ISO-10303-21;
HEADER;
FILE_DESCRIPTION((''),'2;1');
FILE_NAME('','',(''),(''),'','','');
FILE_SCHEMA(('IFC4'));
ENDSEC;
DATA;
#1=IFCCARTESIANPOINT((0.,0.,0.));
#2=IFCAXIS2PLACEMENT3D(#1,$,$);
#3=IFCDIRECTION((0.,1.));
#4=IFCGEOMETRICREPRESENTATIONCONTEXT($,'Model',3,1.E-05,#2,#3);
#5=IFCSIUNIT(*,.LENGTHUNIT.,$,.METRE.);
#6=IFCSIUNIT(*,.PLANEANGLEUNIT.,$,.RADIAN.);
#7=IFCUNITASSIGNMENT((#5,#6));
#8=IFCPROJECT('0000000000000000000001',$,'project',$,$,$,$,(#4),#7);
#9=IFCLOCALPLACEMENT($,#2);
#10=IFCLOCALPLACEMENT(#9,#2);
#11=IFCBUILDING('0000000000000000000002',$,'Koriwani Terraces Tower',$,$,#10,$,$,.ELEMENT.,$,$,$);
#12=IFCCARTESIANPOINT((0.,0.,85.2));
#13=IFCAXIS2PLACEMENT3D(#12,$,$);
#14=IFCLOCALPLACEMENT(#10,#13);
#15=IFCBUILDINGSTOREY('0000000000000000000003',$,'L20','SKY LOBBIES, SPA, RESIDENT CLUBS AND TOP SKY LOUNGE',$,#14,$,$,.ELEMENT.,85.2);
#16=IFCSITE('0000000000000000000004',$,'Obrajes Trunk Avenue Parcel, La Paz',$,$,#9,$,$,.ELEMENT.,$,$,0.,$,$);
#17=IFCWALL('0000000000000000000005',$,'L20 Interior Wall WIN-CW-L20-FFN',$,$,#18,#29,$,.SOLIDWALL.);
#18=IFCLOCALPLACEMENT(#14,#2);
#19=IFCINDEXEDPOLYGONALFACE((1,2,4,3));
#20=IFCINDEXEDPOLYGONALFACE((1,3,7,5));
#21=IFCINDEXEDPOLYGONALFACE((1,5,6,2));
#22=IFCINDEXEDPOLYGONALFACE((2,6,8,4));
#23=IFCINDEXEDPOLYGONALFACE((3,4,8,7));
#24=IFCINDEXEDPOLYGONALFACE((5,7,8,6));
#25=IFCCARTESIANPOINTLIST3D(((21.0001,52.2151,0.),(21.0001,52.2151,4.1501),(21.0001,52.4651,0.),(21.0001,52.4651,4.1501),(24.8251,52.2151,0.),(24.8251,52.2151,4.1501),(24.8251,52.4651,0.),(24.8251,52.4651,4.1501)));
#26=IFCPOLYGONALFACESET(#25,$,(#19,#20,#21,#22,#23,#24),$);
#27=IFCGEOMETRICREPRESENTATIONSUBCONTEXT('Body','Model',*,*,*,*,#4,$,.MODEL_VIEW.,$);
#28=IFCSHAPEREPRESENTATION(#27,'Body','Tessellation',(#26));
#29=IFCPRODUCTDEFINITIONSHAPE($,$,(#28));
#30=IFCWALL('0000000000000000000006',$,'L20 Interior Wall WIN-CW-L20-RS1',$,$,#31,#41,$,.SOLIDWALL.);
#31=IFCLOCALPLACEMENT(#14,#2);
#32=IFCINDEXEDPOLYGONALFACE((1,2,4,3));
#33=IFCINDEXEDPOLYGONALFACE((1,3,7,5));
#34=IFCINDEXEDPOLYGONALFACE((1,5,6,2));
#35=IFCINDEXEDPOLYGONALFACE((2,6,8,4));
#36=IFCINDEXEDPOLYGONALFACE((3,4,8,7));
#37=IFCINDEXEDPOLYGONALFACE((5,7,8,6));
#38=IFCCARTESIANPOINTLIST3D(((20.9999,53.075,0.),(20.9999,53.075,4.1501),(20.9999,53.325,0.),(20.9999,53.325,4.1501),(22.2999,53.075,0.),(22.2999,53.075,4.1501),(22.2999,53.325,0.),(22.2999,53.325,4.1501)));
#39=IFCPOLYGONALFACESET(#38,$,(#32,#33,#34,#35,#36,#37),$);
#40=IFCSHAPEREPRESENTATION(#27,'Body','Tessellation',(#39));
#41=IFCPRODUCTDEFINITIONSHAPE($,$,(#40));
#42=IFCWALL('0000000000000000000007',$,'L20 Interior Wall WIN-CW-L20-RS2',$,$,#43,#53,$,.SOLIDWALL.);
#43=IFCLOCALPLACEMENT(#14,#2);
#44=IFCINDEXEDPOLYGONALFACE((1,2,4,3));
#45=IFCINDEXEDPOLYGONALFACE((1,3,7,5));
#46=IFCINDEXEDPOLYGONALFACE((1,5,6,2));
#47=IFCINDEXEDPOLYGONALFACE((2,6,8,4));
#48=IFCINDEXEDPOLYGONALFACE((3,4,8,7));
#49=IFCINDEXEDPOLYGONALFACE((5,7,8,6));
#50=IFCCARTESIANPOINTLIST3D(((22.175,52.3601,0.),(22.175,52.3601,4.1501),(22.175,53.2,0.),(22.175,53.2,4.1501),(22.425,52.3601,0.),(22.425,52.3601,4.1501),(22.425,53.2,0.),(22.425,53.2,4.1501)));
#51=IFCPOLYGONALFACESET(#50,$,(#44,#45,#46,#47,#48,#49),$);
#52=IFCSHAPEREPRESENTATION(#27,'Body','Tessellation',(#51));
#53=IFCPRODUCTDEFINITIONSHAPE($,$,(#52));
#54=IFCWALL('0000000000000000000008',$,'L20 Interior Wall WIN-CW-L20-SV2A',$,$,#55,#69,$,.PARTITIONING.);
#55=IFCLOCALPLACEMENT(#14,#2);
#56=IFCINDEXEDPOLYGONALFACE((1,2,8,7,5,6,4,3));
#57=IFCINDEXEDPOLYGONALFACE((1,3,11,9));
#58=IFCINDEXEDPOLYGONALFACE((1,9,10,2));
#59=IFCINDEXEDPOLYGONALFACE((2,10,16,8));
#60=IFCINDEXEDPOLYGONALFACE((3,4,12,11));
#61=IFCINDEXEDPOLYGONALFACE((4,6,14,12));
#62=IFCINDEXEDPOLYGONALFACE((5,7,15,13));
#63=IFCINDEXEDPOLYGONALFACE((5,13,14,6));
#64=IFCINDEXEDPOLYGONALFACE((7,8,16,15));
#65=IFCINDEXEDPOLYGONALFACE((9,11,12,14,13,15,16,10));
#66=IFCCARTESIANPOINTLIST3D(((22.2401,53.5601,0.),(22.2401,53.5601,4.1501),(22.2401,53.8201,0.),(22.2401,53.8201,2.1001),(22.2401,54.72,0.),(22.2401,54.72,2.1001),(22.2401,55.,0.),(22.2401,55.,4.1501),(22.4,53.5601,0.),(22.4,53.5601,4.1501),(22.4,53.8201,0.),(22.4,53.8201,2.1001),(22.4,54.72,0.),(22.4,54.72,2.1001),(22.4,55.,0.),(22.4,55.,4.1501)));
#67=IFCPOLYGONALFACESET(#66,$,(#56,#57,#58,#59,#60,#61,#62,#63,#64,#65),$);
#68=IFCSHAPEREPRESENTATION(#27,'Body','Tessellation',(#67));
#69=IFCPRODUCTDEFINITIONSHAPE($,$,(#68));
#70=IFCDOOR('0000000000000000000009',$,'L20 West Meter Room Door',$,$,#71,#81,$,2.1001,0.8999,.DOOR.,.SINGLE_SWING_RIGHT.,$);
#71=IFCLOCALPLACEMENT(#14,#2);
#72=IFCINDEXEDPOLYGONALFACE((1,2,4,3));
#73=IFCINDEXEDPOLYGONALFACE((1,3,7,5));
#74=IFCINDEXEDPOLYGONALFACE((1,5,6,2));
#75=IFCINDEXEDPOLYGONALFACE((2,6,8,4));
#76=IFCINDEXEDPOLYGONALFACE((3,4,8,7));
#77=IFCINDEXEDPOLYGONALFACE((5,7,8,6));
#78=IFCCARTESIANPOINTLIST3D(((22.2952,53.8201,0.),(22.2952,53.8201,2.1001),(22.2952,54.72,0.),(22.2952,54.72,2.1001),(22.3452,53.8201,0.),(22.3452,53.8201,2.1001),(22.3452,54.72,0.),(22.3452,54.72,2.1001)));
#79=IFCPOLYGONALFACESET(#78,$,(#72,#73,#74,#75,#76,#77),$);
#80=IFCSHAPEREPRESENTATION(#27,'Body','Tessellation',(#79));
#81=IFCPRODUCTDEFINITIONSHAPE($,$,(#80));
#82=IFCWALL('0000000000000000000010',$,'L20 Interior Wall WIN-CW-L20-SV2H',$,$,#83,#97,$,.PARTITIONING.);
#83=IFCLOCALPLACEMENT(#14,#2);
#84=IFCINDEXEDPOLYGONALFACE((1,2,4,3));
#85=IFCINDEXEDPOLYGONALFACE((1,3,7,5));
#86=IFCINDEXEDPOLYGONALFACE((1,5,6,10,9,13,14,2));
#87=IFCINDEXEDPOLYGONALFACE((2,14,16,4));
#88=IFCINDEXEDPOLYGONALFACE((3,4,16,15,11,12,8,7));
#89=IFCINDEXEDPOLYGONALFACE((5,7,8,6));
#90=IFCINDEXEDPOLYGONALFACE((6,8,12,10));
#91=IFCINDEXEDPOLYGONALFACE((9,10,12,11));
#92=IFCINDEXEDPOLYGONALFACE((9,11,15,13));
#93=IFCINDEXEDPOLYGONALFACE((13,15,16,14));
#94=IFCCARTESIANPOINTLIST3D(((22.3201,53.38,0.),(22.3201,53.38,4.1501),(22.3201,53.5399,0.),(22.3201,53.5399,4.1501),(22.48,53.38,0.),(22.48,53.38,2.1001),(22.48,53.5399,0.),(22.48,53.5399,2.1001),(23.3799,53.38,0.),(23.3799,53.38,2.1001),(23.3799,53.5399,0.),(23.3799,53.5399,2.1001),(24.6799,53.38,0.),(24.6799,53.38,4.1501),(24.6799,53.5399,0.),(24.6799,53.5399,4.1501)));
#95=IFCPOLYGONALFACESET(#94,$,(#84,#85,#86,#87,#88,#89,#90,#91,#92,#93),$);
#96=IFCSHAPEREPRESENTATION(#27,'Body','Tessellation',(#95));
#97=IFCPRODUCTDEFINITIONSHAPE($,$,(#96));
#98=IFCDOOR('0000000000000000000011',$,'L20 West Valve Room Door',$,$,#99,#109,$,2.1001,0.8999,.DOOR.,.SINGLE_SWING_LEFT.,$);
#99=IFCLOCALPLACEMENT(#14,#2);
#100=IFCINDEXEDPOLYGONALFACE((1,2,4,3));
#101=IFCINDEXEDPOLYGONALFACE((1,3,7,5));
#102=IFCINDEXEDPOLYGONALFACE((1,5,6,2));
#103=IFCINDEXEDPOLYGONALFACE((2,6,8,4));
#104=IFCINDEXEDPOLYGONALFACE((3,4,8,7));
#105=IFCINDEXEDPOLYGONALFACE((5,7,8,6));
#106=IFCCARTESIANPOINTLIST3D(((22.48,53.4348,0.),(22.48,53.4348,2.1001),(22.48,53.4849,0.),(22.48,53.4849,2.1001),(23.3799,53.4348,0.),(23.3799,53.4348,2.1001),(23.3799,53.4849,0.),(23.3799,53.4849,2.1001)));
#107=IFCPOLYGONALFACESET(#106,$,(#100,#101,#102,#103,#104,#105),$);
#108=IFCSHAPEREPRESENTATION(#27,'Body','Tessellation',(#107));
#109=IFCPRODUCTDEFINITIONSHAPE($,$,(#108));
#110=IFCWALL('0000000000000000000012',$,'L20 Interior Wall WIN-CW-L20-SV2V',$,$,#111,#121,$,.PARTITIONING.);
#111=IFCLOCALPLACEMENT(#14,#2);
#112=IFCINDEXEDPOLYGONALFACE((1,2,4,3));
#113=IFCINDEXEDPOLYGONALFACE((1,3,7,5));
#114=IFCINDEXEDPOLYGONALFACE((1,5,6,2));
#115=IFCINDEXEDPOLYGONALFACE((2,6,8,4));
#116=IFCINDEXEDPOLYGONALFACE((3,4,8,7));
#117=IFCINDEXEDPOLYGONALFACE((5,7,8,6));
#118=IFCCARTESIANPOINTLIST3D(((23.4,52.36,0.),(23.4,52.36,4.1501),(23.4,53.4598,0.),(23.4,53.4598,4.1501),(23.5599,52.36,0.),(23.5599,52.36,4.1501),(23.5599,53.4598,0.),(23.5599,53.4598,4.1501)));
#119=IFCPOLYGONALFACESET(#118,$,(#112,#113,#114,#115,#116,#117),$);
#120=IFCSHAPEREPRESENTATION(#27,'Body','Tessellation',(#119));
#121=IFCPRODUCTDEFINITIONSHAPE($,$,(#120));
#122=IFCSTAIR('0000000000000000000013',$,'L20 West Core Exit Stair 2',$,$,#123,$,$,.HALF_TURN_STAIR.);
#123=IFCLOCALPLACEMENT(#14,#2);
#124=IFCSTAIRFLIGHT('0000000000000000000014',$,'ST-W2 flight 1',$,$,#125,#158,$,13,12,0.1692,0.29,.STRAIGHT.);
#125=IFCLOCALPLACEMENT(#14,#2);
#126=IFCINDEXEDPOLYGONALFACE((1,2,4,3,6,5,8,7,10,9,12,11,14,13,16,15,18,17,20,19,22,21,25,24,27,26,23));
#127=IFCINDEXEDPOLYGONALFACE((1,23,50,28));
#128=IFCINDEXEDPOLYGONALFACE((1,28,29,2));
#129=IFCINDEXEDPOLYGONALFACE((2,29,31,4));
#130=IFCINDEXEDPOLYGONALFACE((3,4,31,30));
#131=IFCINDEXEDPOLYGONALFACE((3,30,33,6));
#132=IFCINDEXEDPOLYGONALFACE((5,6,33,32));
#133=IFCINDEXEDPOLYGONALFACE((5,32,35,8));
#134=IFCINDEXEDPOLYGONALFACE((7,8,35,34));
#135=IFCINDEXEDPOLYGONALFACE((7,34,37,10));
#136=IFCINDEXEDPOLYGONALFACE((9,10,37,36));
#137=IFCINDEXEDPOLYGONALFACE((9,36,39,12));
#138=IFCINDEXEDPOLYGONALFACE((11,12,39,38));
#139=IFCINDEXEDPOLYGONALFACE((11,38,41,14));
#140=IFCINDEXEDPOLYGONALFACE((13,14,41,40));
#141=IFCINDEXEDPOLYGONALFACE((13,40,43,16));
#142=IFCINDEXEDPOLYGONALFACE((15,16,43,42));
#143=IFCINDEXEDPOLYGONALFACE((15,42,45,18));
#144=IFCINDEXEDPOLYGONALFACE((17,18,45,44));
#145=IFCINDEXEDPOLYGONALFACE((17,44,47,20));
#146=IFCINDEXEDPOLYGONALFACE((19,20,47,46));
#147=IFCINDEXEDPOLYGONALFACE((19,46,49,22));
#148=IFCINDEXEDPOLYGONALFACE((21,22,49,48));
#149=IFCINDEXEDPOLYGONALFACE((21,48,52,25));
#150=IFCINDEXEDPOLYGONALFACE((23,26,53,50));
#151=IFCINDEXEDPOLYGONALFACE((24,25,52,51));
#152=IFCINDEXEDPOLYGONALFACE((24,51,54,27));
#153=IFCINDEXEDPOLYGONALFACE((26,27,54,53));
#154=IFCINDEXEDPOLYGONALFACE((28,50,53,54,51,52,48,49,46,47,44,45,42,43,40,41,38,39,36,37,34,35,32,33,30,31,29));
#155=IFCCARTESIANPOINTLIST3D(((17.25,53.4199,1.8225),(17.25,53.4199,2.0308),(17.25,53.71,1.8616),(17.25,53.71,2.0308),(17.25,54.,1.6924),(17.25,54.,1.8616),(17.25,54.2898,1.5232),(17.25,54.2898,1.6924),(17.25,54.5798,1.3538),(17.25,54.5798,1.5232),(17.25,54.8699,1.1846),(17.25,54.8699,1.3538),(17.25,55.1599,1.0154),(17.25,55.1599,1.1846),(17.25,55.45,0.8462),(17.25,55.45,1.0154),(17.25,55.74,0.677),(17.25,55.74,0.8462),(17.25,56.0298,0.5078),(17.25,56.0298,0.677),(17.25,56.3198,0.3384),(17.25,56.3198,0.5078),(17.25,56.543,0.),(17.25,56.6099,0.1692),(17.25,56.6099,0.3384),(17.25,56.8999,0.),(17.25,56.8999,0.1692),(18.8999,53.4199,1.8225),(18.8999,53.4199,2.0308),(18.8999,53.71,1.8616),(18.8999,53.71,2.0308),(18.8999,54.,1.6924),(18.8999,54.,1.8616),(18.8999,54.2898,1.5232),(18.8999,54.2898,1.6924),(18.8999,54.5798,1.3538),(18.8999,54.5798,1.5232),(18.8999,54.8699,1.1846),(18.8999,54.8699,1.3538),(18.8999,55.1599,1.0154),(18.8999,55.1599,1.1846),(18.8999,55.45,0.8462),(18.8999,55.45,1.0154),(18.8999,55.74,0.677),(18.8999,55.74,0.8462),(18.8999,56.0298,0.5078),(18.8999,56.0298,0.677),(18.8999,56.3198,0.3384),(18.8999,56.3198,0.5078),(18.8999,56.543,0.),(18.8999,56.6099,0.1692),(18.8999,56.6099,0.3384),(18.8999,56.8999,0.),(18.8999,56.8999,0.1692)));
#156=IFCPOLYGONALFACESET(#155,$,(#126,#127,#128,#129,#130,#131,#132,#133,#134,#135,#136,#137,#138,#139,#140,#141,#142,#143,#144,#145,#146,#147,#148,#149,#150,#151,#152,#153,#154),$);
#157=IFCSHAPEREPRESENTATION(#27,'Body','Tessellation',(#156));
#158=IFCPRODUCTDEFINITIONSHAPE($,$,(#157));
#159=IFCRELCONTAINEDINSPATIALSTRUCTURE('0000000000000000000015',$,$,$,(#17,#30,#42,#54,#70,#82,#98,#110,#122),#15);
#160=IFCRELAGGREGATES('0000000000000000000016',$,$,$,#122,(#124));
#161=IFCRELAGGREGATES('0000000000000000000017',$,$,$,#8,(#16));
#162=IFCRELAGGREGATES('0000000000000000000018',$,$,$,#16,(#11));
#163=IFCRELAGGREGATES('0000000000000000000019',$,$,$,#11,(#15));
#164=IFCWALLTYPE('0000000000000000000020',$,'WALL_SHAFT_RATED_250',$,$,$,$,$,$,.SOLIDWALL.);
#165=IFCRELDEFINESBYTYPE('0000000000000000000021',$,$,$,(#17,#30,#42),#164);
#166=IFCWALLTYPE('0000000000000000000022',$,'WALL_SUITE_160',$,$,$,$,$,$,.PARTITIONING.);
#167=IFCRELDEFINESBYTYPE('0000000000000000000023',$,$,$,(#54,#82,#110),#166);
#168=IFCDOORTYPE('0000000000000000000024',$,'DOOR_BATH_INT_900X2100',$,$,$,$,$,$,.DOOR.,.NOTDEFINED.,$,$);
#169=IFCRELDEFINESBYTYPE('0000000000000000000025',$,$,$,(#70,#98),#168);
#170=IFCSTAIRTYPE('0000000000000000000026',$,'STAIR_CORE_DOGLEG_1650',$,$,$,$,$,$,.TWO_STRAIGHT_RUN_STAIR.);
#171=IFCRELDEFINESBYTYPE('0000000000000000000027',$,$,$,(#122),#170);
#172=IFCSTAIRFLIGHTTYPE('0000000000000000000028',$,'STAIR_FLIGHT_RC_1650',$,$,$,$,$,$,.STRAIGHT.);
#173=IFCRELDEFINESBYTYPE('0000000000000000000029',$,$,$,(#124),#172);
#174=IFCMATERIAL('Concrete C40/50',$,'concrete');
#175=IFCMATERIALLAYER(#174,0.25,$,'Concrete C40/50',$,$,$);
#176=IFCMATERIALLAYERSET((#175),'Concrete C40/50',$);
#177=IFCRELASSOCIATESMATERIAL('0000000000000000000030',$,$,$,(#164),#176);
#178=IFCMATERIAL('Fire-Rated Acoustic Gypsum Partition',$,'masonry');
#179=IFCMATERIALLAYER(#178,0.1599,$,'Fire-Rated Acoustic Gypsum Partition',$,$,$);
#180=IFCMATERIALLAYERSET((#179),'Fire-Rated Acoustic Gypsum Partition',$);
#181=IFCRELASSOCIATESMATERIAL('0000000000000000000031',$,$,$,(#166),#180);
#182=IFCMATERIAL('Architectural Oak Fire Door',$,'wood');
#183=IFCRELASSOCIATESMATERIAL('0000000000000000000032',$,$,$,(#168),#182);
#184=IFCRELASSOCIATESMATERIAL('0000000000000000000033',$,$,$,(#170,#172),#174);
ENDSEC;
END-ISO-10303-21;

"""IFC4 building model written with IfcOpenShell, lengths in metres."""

from ifc_helpers import new_model, si_unit, direction, frame, frame_2d, origin, place, context, subcontext, project, spatial, polyline, rectangle, outline, extrude, material, layer, layer_set, type_object, element, fill, aggregate, save


model = new_model("IFC4")

# Units and contexts
model_context = context("Model", 3, precision=1e-05, world=origin(), true_north=direction((0.0, 1.0)))
body_context = subcontext(model_context, "Body", "Model", "MODEL_VIEW")
ifc_project = project(units=[si_unit("LENGTHUNIT", "METRE"), si_unit("PLANEANGLEUNIT", "RADIAN")], contexts=[model_context])

# Site, building, storey
site_placement = place(None, origin())
site = spatial("IfcSite", under=ifc_project, at=site_placement, Name="Obrajes Trunk Avenue Parcel, La Paz", CompositionType="ELEMENT", RefElevation=0.0)
building_placement = place(site_placement, origin())
building = spatial("IfcBuilding", under=site, at=building_placement, Name="Koriwani Terraces Tower", CompositionType="ELEMENT")
storey_placement = place(building_placement, frame((0.0, 0.0, 85.2)))
storey = spatial("IfcBuildingStorey", under=building, at=storey_placement, Name="L20", Description="SKY LOBBIES, SPA, RESIDENT CLUBS AND TOP SKY LOUNGE", CompositionType="ELEMENT", Elevation=85.2)

# Shared definitions
ifc_material_1 = material(Name="Concrete C40/50", Category="concrete")

# Shared definitions
ifc_layer_1 = layer(ifc_material_1, 0.25, Name="Concrete C40/50")
ifc_layer_set_1 = layer_set([ifc_layer_1], Name="Concrete C40/50")
wall_type_1 = type_object("IfcWallType", Name="WALL_SHAFT_RATED_250", PredefinedType="SOLIDWALL", material=ifc_layer_set_1)

# Wall
wall_1_placement = place(storey_placement, frame((21.0, 52.3401, 0.0), z_axis=(0.0, 0.0, 1.0), x_axis=(1.0, 0.0, 0.0)))
element("IfcWall", 1, at=wall_1_placement, inside=storey, type_object=wall_type_1, Name="L20 Interior Wall WIN-CW-L20-FFN", PredefinedType="SOLIDWALL", context=body_context, shape_type="SweptSolid", body=[
    extrude(rectangle(XDim=3.825, YDim=0.25, at=frame_2d((1.9126, 0.0))), origin(), (0.0, 0.0, 1.0), 4.1501),
])

# Walls
wall_2_placement = place(storey_placement, frame((21.0, 53.2, 0.0), z_axis=(0.0, 0.0, 1.0), x_axis=(1.0, 0.0, 0.0)))
element("IfcWall", 2, at=wall_2_placement, inside=storey, type_object=wall_type_1, Name="L20 Interior Wall WIN-CW-L20-RS1", PredefinedType="SOLIDWALL", context=body_context, shape_type="SweptSolid", body=[
    extrude(rectangle(XDim=1.3, YDim=0.25, at=frame_2d((0.6499, 0.0))), origin(), (0.0, 0.0, 1.0), 4.1501),
])
wall_3_placement = place(storey_placement, frame((22.3, 52.3601, 0.0), z_axis=(0.0, 0.0, 1.0), x_axis=(0.0, 1.0, 0.0)))
element("IfcWall", 3, at=wall_3_placement, inside=storey, type_object=wall_type_1, Name="L20 Interior Wall WIN-CW-L20-RS2", PredefinedType="SOLIDWALL", context=body_context, shape_type="SweptSolid", body=[
    extrude(rectangle(XDim=0.8398, YDim=0.25, at=frame_2d((0.4199, 0.0))), origin(), (0.0, 0.0, 1.0), 4.1501),
])

# Walls, openings, doors
ifc_material_2 = material(Name="Fire-Rated Acoustic Gypsum Partition", Category="masonry")
ifc_layer_2 = layer(ifc_material_2, 0.1599, Name="Fire-Rated Acoustic Gypsum Partition")
ifc_layer_set_2 = layer_set([ifc_layer_2], Name="Fire-Rated Acoustic Gypsum Partition")
wall_type_2 = type_object("IfcWallType", Name="WALL_SUITE_160", PredefinedType="PARTITIONING", material=ifc_layer_set_2)
wall_4_placement = place(storey_placement, frame((22.3201, 53.5601, 0.0), z_axis=(0.0, 0.0, 1.0), x_axis=(0.0, 1.0, 0.0)))
wall_4 = element("IfcWall", 4, at=wall_4_placement, inside=storey, type_object=wall_type_2, Name="L20 Interior Wall WIN-CW-L20-SV2A", PredefinedType="PARTITIONING", context=body_context, shape_type="SweptSolid", body=[
    extrude(rectangle(XDim=1.4399, YDim=0.1599, at=frame_2d((0.72, 0.0))), origin(), (0.0, 0.0, 1.0), 4.1501),
])
opening_1_placement = place(wall_4_placement, frame((0.26, 0.0, 0.0)))
opening_1 = element("IfcOpeningElement", 5, at=opening_1_placement, cuts=wall_4, PredefinedType="OPENING", context=body_context, shape_type="SweptSolid", body=[
    extrude(rectangle(XDim=0.8999, YDim=2.1001, at=frame_2d((0.45, 1.05))), frame((0.0, 0.0898, 0.0), z_axis=(0.0, -1.0, 0.0), x_axis=(1.0, 0.0, 0.0)), (0.0, 0.0, 1.0), 0.1799),
])
ifc_material_3 = material(Name="Architectural Oak Fire Door", Category="wood")
door_type_1 = type_object("IfcDoorType", Name="DOOR_BATH_INT_900X2100", OperationType="NOTDEFINED", PredefinedType="DOOR", material=ifc_material_3)
door_1_placement = place(opening_1_placement, origin())
door_1 = element("IfcDoor", 6, at=door_1_placement, inside=storey, type_object=door_type_1, Name="L20 West Meter Room Door", OperationType="SINGLE_SWING_RIGHT", OverallHeight=2.1001, OverallWidth=0.8999, PredefinedType="DOOR", context=body_context, shape_type="SweptSolid", body=[
    extrude(rectangle(XDim=0.8999, YDim=2.1001, at=frame_2d((0.45, 1.05))), frame((0.0, 0.0249, 0.0), z_axis=(0.0, -1.0, 0.0), x_axis=(1.0, 0.0, 0.0)), (0.0, 0.0, 1.0), 0.05),
])
fill(opening_1, door_1)
wall_5_placement = place(storey_placement, frame((22.3201, 53.46, 0.0), z_axis=(0.0, 0.0, 1.0), x_axis=(1.0, 0.0, 0.0)))
wall_5 = element("IfcWall", 7, at=wall_5_placement, inside=storey, type_object=wall_type_2, Name="L20 Interior Wall WIN-CW-L20-SV2H", PredefinedType="PARTITIONING", context=body_context, shape_type="SweptSolid", body=[
    extrude(rectangle(XDim=2.3599, YDim=0.1599, at=frame_2d((1.1799, 0.0))), origin(), (0.0, 0.0, 1.0), 4.1501),
])
opening_2_placement = place(wall_5_placement, frame((0.1599, 0.0, 0.0)))
opening_2 = element("IfcOpeningElement", 8, at=opening_2_placement, cuts=wall_5, PredefinedType="OPENING", context=body_context, shape_type="SweptSolid", body=[
    extrude(rectangle(XDim=0.8999, YDim=2.1001, at=frame_2d((0.45, 1.05))), frame((0.0, 0.0898, 0.0), z_axis=(0.0, -1.0, 0.0), x_axis=(1.0, 0.0, 0.0)), (0.0, 0.0, 1.0), 0.1799),
])
door_2_placement = place(opening_2_placement, origin())
door_2 = element("IfcDoor", 9, at=door_2_placement, inside=storey, type_object=door_type_1, Name="L20 West Valve Room Door", OperationType="SINGLE_SWING_LEFT", OverallHeight=2.1001, OverallWidth=0.8999, PredefinedType="DOOR", context=body_context, shape_type="SweptSolid", body=[
    extrude(rectangle(XDim=0.8999, YDim=2.1001, at=frame_2d((0.45, 1.05))), frame((0.0, 0.0249, 0.0), z_axis=(0.0, -1.0, 0.0), x_axis=(1.0, 0.0, 0.0)), (0.0, 0.0, 1.0), 0.05),
])
fill(opening_2, door_2)

# Wall
wall_6_placement = place(storey_placement, frame((23.48, 52.3601, 0.0), z_axis=(0.0, 0.0, 1.0), x_axis=(0.0, 1.0, 0.0)))
element("IfcWall", 10, at=wall_6_placement, inside=storey, type_object=wall_type_2, Name="L20 Interior Wall WIN-CW-L20-SV2V", PredefinedType="PARTITIONING", context=body_context, shape_type="SweptSolid", body=[
    extrude(rectangle(XDim=1.0999, YDim=0.1599, at=frame_2d((0.5498, 0.0))), origin(), (0.0, 0.0, 1.0), 4.1501),
])

# Stair, stair flight
stair_type = type_object("IfcStairType", Name="STAIR_CORE_DOGLEG_1650", PredefinedType="TWO_STRAIGHT_RUN_STAIR", material=ifc_material_1)
stair_placement = place(storey_placement, origin())
stair = element("IfcStair", 11, at=stair_placement, inside=storey, type_object=stair_type, Name="L20 West Core Exit Stair 2", PredefinedType="HALF_TURN_STAIR")
stair_flight_type = type_object("IfcStairFlightType", Name="STAIR_FLIGHT_RC_1650", PredefinedType="STRAIGHT", material=ifc_material_1)
stair_flight_1_placement = place(storey_placement, frame((18.075, 56.8999, 0.0), z_axis=(0.0, 0.0, 1.0), x_axis=(0.0, -1.0, 0.0)))
stair_flight_1 = element("IfcStairFlight", 12, at=stair_flight_1_placement, type_object=stair_flight_type, Name="ST-W2 flight 1", NumberOfRisers=13, NumberOfTreads=12, PredefinedType="STRAIGHT", RiserHeight=0.1692, TreadLength=0.29, context=body_context, shape_type="SweptSolid", body=[
    extrude(outline(polyline([(0.0, 0.0), (0.0, 0.1692), (0.29, 0.1692), (0.29, 0.3384), (0.5801, 0.3384), (0.5801, 0.5078), (0.8701, 0.5078), (0.8701, 0.677), (1.1599, 0.677), (1.1599, 0.8462), (1.45, 0.8462), (1.45, 1.0154), (1.74, 1.0154), (1.74, 1.1846), (2.03, 1.1846), (2.03, 1.3538), (2.3201, 1.3538), (2.3201, 1.5232), (2.6101, 1.5232), (2.6101, 1.6924), (2.8999, 1.6924), (2.8999, 1.8616), (3.1899, 1.8616), (3.1899, 2.0308), (3.48, 2.0308), (3.48, 2.2), (3.48, 1.8225), (0.3569, 0.0), (0.0, 0.0)])), frame((0.0, 0.825, 0.0), z_axis=(0.0, -1.0, 0.0), x_axis=(1.0, 0.0, 0.0)), (0.0, 0.0, 1.0), 1.6499),
])
aggregate(stair, [stair_flight_1])

save(model, "model.ifc")
